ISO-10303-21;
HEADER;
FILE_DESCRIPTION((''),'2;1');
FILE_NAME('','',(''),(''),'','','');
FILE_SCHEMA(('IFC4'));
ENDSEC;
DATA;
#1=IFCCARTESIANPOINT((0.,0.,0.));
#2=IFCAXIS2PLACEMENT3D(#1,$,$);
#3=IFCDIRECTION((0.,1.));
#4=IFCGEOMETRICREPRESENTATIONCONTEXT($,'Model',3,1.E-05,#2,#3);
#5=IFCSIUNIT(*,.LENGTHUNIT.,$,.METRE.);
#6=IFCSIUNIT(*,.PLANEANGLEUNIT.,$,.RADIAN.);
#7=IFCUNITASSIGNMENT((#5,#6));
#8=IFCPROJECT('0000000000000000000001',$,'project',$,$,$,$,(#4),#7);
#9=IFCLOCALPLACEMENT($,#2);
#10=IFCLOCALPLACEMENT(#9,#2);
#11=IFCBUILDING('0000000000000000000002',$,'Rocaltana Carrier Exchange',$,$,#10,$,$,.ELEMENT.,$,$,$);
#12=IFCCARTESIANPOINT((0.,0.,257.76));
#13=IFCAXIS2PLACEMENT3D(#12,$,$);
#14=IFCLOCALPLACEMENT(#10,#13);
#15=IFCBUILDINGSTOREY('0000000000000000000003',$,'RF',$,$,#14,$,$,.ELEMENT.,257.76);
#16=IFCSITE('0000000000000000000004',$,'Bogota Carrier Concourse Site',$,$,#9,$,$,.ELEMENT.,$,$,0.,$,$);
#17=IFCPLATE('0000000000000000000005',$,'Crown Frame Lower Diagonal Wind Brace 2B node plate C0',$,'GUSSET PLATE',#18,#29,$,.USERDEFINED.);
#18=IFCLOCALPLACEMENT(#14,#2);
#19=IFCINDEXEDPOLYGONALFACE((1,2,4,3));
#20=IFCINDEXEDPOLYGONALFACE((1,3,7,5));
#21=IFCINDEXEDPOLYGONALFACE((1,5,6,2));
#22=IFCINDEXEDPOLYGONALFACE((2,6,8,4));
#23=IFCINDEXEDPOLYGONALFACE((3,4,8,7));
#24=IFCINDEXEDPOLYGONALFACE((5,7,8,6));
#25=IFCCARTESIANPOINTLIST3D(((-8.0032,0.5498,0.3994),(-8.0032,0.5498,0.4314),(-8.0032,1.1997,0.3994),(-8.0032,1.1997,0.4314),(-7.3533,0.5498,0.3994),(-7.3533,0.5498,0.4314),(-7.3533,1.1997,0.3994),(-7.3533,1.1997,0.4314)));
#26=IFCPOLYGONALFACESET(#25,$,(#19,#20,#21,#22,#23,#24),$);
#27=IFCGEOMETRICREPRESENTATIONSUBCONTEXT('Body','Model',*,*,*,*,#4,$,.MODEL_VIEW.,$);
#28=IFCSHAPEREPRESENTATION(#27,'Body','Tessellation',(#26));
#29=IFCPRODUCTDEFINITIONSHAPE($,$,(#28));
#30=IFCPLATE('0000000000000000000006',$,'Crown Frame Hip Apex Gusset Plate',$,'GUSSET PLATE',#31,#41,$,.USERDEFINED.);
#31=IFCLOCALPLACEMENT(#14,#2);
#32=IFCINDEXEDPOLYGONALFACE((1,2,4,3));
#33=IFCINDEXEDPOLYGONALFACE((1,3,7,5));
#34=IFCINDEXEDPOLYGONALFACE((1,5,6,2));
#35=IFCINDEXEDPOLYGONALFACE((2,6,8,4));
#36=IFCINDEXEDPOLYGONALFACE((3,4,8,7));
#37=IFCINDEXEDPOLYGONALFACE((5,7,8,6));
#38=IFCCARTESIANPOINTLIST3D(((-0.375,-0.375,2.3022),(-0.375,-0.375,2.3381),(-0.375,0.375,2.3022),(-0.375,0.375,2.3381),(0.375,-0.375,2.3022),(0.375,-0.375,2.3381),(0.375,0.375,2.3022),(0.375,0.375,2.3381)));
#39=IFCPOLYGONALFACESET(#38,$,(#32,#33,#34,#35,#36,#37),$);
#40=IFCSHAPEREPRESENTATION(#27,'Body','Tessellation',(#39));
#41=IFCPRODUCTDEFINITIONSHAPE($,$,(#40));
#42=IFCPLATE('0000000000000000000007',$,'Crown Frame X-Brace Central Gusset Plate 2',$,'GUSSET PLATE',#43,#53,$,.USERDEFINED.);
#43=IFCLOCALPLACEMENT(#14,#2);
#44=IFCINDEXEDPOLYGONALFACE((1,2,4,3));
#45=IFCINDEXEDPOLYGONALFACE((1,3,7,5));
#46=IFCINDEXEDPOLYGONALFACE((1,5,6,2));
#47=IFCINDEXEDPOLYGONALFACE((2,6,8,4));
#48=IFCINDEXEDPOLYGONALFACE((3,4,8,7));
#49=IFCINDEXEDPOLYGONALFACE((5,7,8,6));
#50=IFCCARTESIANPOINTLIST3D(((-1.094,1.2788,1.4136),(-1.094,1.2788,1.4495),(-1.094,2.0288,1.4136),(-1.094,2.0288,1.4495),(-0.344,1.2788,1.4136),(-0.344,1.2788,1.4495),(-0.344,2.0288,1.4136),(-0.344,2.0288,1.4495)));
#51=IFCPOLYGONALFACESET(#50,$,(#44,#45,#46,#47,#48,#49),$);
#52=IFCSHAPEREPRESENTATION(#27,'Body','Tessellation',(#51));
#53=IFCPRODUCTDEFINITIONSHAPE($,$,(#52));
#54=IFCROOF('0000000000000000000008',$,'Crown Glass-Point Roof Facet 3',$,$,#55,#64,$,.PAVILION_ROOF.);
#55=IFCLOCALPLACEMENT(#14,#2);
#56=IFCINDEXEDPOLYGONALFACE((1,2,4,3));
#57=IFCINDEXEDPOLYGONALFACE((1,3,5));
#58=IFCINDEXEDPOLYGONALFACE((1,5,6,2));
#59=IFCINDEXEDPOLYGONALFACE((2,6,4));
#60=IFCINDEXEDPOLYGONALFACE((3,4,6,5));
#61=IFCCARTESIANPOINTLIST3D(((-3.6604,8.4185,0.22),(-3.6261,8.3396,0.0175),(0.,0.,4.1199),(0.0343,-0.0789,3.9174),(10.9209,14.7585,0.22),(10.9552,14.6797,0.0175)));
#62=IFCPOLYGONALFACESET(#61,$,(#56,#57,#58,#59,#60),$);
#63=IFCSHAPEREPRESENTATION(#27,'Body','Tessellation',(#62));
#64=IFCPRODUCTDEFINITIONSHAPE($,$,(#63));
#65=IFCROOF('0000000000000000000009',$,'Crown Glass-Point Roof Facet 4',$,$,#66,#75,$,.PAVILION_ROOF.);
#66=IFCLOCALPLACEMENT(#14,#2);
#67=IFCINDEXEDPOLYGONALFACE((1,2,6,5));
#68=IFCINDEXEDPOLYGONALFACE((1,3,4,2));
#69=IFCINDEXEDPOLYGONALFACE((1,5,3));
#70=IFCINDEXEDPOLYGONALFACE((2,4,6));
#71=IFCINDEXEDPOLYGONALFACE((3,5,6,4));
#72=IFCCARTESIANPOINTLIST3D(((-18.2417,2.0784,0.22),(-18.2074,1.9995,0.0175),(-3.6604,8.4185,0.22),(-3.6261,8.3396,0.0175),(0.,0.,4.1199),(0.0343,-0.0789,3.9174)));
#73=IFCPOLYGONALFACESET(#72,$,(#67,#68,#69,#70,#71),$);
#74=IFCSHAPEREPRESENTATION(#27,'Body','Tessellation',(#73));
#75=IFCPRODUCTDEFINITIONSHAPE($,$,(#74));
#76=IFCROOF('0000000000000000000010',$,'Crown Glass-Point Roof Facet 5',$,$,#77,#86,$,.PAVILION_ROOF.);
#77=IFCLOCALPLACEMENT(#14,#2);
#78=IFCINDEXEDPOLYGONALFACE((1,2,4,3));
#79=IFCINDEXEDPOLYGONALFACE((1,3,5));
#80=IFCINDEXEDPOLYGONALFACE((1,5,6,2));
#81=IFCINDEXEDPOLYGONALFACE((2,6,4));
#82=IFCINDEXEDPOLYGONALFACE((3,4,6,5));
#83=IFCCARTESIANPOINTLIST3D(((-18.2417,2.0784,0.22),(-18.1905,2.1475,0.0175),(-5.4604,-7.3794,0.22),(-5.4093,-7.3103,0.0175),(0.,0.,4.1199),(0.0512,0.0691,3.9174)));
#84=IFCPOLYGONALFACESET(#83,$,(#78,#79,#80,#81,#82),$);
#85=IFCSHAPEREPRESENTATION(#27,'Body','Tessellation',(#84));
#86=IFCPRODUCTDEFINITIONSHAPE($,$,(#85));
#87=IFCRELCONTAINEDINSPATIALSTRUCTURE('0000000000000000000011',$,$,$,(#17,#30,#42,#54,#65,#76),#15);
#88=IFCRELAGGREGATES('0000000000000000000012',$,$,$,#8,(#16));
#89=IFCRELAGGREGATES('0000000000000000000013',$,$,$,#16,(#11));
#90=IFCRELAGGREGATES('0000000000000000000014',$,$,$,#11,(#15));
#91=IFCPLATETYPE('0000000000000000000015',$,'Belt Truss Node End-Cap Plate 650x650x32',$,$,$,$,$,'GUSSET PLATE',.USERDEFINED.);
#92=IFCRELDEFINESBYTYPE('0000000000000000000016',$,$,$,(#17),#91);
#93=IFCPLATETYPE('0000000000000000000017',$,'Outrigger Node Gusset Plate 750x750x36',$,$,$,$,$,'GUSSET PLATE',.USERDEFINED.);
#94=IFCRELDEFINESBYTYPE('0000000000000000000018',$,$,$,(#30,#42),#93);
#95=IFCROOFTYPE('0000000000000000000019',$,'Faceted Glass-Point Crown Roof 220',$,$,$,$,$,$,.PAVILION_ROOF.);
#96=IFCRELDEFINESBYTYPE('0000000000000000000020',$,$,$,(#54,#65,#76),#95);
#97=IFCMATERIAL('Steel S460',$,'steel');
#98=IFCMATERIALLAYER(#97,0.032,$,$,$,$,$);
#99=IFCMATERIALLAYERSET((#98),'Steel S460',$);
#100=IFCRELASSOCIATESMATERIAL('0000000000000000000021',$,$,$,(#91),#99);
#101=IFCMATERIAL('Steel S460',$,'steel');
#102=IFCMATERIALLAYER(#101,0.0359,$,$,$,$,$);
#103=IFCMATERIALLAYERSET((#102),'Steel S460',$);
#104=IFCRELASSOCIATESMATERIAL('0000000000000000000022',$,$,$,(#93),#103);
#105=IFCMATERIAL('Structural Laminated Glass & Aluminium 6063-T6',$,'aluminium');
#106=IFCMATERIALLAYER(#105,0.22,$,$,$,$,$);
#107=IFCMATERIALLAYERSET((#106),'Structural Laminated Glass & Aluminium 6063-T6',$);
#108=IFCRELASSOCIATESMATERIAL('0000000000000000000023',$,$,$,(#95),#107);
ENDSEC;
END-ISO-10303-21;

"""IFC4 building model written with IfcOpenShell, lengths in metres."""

from ifc_helpers import new_model, si_unit, direction, frame, origin, origin_2d, place, context, subcontext, project, spatial, polyline, rectangle, outline, extrude, material, layer, layer_set, type_object, element, save


model = new_model("IFC4")

# Units and contexts
model_context = context("Model", 3, precision=1e-05, world=origin(), true_north=direction((0.0, 1.0)))
body_context = subcontext(model_context, "Body", "Model", "MODEL_VIEW")
ifc_project = project(units=[si_unit("LENGTHUNIT", "METRE"), si_unit("PLANEANGLEUNIT", "RADIAN")], contexts=[model_context])

# Site, building, storey
site_placement = place(None, origin())
site = spatial("IfcSite", under=ifc_project, at=site_placement, Name="Bogota Carrier Concourse Site", CompositionType="ELEMENT", RefElevation=0.0)
building_placement = place(site_placement, origin())
building = spatial("IfcBuilding", under=site, at=building_placement, Name="Rocaltana Carrier Exchange", CompositionType="ELEMENT")
storey_placement = place(building_placement, frame((0.0, 0.0, 257.76)))
storey = spatial("IfcBuildingStorey", under=building, at=storey_placement, Name="RF", CompositionType="ELEMENT", Elevation=257.76)

# Plates
ifc_material_1 = material(Name="Steel S460", Category="steel")
ifc_layer_1 = layer(ifc_material_1, 0.032)
ifc_layer_set_1 = layer_set([ifc_layer_1], Name="Steel S460")
plate_type_1 = type_object("IfcPlateType", Name="Belt Truss Node End-Cap Plate 650x650x32", ElementType="GUSSET PLATE", PredefinedType="USERDEFINED", material=ifc_layer_set_1)
for number, where, z_axis, x_axis, name in (
    (1, (-7.6782, 0.8748, 0.3994), (0.0, 0.0, 1.0), (1.0, 0.0, 0.0), "Crown Frame Lower Diagonal Wind Brace 2B node plate C0"),
):
    element("IfcPlate", number, at=place(storey_placement, frame(where, z_axis=z_axis, x_axis=x_axis)), inside=storey, type_object=plate_type_1, Name=name, ObjectType="GUSSET PLATE", PredefinedType="USERDEFINED", context=body_context, shape_type="SweptSolid", body=[
        extrude(rectangle(XDim=0.6499, YDim=0.6499, at=origin_2d()), origin(), (0.0, 0.0, 1.0), 0.032),
    ])
ifc_material_2 = material(Name="Steel S460", Category="steel")
ifc_layer_2 = layer(ifc_material_2, 0.0359)
ifc_layer_set_2 = layer_set([ifc_layer_2], Name="Steel S460")
plate_type_2 = type_object("IfcPlateType", Name="Outrigger Node Gusset Plate 750x750x36", ElementType="GUSSET PLATE", PredefinedType="USERDEFINED", material=ifc_layer_set_2)
for number, where, z_axis, x_axis, name in (
    (2, (0.0, 0.0, 2.3022), (0.0, 0.0, 1.0), (1.0, 0.0, 0.0), "Crown Frame Hip Apex Gusset Plate"),
    (3, (-0.719, 1.6538, 1.4136), (0.0, 0.0, 1.0), (1.0, 0.0, 0.0), "Crown Frame X-Brace Central Gusset Plate 2"),
):
    element("IfcPlate", number, at=place(storey_placement, frame(where, z_axis=z_axis, x_axis=x_axis)), inside=storey, type_object=plate_type_2, Name=name, ObjectType="GUSSET PLATE", PredefinedType="USERDEFINED", context=body_context, shape_type="SweptSolid", body=[
        extrude(rectangle(XDim=0.75, YDim=0.75, at=origin_2d()), origin(), (0.0, 0.0, 1.0), 0.0359),
    ])

# Roofs
ifc_material_3 = material(Name="Structural Laminated Glass & Aluminium 6063-T6", Category="aluminium")
ifc_layer_3 = layer(ifc_material_3, 0.22)
ifc_layer_set_3 = layer_set([ifc_layer_3], Name="Structural Laminated Glass & Aluminium 6063-T6")
roof_type = type_object("IfcRoofType", Name="Faceted Glass-Point Crown Roof 220", PredefinedType="PAVILION_ROOF", material=ifc_layer_set_3)
roof_1_placement = place(storey_placement, frame((10.9209, 14.7585, 0.22), z_axis=(-0.155915, 0.358582, 0.920386), x_axis=(-0.917061, -0.398747, 0.0)))
element("IfcRoof", 4, at=roof_1_placement, inside=storey, type_object=roof_type, Name="Crown Glass-Point Roof Facet 3", PredefinedType="PAVILION_ROOF", context=body_context, shape_type="SweptSolid", body=[
    extrude(outline(polyline([(0.0, 0.0), (15.9, 0.0), (15.9001, 9.9739), (0.0, 0.0)])), origin(), (0.0, 0.0, -1.0), 0.22),
])
roof_2_placement = place(storey_placement, frame((-3.6604, 8.4185, 0.22), z_axis=(-0.155915, 0.358582, 0.920386), x_axis=(-0.917061, -0.398747, 0.0)))
element("IfcRoof", 5, at=roof_2_placement, inside=storey, type_object=roof_type, Name="Crown Glass-Point Roof Facet 4", PredefinedType="PAVILION_ROOF", context=body_context, shape_type="SweptSolid", body=[
    extrude(outline(polyline([(0.0, 0.0), (15.9, 0.0), (0.0, 9.9739), (0.0, 0.0)])), origin(), (0.0, 0.0, -1.0), 0.22),
])
roof_3_placement = place(storey_placement, frame((-18.2417, 2.0784, 0.22), z_axis=(-0.232581, -0.314311, 0.920388), x_axis=(0.803853, -0.594828, 0.0)))
element("IfcRoof", 6, at=roof_3_placement, inside=storey, type_object=roof_type, Name="Crown Glass-Point Roof Facet 5", PredefinedType="PAVILION_ROOF", context=body_context, shape_type="SweptSolid", body=[
    extrude(outline(polyline([(0.0, 0.0), (15.9, 0.0), (15.8999, 9.974), (0.0, 0.0)])), origin(), (0.0, 0.0, -1.0), 0.22),
])

save(model, "model.ifc")
